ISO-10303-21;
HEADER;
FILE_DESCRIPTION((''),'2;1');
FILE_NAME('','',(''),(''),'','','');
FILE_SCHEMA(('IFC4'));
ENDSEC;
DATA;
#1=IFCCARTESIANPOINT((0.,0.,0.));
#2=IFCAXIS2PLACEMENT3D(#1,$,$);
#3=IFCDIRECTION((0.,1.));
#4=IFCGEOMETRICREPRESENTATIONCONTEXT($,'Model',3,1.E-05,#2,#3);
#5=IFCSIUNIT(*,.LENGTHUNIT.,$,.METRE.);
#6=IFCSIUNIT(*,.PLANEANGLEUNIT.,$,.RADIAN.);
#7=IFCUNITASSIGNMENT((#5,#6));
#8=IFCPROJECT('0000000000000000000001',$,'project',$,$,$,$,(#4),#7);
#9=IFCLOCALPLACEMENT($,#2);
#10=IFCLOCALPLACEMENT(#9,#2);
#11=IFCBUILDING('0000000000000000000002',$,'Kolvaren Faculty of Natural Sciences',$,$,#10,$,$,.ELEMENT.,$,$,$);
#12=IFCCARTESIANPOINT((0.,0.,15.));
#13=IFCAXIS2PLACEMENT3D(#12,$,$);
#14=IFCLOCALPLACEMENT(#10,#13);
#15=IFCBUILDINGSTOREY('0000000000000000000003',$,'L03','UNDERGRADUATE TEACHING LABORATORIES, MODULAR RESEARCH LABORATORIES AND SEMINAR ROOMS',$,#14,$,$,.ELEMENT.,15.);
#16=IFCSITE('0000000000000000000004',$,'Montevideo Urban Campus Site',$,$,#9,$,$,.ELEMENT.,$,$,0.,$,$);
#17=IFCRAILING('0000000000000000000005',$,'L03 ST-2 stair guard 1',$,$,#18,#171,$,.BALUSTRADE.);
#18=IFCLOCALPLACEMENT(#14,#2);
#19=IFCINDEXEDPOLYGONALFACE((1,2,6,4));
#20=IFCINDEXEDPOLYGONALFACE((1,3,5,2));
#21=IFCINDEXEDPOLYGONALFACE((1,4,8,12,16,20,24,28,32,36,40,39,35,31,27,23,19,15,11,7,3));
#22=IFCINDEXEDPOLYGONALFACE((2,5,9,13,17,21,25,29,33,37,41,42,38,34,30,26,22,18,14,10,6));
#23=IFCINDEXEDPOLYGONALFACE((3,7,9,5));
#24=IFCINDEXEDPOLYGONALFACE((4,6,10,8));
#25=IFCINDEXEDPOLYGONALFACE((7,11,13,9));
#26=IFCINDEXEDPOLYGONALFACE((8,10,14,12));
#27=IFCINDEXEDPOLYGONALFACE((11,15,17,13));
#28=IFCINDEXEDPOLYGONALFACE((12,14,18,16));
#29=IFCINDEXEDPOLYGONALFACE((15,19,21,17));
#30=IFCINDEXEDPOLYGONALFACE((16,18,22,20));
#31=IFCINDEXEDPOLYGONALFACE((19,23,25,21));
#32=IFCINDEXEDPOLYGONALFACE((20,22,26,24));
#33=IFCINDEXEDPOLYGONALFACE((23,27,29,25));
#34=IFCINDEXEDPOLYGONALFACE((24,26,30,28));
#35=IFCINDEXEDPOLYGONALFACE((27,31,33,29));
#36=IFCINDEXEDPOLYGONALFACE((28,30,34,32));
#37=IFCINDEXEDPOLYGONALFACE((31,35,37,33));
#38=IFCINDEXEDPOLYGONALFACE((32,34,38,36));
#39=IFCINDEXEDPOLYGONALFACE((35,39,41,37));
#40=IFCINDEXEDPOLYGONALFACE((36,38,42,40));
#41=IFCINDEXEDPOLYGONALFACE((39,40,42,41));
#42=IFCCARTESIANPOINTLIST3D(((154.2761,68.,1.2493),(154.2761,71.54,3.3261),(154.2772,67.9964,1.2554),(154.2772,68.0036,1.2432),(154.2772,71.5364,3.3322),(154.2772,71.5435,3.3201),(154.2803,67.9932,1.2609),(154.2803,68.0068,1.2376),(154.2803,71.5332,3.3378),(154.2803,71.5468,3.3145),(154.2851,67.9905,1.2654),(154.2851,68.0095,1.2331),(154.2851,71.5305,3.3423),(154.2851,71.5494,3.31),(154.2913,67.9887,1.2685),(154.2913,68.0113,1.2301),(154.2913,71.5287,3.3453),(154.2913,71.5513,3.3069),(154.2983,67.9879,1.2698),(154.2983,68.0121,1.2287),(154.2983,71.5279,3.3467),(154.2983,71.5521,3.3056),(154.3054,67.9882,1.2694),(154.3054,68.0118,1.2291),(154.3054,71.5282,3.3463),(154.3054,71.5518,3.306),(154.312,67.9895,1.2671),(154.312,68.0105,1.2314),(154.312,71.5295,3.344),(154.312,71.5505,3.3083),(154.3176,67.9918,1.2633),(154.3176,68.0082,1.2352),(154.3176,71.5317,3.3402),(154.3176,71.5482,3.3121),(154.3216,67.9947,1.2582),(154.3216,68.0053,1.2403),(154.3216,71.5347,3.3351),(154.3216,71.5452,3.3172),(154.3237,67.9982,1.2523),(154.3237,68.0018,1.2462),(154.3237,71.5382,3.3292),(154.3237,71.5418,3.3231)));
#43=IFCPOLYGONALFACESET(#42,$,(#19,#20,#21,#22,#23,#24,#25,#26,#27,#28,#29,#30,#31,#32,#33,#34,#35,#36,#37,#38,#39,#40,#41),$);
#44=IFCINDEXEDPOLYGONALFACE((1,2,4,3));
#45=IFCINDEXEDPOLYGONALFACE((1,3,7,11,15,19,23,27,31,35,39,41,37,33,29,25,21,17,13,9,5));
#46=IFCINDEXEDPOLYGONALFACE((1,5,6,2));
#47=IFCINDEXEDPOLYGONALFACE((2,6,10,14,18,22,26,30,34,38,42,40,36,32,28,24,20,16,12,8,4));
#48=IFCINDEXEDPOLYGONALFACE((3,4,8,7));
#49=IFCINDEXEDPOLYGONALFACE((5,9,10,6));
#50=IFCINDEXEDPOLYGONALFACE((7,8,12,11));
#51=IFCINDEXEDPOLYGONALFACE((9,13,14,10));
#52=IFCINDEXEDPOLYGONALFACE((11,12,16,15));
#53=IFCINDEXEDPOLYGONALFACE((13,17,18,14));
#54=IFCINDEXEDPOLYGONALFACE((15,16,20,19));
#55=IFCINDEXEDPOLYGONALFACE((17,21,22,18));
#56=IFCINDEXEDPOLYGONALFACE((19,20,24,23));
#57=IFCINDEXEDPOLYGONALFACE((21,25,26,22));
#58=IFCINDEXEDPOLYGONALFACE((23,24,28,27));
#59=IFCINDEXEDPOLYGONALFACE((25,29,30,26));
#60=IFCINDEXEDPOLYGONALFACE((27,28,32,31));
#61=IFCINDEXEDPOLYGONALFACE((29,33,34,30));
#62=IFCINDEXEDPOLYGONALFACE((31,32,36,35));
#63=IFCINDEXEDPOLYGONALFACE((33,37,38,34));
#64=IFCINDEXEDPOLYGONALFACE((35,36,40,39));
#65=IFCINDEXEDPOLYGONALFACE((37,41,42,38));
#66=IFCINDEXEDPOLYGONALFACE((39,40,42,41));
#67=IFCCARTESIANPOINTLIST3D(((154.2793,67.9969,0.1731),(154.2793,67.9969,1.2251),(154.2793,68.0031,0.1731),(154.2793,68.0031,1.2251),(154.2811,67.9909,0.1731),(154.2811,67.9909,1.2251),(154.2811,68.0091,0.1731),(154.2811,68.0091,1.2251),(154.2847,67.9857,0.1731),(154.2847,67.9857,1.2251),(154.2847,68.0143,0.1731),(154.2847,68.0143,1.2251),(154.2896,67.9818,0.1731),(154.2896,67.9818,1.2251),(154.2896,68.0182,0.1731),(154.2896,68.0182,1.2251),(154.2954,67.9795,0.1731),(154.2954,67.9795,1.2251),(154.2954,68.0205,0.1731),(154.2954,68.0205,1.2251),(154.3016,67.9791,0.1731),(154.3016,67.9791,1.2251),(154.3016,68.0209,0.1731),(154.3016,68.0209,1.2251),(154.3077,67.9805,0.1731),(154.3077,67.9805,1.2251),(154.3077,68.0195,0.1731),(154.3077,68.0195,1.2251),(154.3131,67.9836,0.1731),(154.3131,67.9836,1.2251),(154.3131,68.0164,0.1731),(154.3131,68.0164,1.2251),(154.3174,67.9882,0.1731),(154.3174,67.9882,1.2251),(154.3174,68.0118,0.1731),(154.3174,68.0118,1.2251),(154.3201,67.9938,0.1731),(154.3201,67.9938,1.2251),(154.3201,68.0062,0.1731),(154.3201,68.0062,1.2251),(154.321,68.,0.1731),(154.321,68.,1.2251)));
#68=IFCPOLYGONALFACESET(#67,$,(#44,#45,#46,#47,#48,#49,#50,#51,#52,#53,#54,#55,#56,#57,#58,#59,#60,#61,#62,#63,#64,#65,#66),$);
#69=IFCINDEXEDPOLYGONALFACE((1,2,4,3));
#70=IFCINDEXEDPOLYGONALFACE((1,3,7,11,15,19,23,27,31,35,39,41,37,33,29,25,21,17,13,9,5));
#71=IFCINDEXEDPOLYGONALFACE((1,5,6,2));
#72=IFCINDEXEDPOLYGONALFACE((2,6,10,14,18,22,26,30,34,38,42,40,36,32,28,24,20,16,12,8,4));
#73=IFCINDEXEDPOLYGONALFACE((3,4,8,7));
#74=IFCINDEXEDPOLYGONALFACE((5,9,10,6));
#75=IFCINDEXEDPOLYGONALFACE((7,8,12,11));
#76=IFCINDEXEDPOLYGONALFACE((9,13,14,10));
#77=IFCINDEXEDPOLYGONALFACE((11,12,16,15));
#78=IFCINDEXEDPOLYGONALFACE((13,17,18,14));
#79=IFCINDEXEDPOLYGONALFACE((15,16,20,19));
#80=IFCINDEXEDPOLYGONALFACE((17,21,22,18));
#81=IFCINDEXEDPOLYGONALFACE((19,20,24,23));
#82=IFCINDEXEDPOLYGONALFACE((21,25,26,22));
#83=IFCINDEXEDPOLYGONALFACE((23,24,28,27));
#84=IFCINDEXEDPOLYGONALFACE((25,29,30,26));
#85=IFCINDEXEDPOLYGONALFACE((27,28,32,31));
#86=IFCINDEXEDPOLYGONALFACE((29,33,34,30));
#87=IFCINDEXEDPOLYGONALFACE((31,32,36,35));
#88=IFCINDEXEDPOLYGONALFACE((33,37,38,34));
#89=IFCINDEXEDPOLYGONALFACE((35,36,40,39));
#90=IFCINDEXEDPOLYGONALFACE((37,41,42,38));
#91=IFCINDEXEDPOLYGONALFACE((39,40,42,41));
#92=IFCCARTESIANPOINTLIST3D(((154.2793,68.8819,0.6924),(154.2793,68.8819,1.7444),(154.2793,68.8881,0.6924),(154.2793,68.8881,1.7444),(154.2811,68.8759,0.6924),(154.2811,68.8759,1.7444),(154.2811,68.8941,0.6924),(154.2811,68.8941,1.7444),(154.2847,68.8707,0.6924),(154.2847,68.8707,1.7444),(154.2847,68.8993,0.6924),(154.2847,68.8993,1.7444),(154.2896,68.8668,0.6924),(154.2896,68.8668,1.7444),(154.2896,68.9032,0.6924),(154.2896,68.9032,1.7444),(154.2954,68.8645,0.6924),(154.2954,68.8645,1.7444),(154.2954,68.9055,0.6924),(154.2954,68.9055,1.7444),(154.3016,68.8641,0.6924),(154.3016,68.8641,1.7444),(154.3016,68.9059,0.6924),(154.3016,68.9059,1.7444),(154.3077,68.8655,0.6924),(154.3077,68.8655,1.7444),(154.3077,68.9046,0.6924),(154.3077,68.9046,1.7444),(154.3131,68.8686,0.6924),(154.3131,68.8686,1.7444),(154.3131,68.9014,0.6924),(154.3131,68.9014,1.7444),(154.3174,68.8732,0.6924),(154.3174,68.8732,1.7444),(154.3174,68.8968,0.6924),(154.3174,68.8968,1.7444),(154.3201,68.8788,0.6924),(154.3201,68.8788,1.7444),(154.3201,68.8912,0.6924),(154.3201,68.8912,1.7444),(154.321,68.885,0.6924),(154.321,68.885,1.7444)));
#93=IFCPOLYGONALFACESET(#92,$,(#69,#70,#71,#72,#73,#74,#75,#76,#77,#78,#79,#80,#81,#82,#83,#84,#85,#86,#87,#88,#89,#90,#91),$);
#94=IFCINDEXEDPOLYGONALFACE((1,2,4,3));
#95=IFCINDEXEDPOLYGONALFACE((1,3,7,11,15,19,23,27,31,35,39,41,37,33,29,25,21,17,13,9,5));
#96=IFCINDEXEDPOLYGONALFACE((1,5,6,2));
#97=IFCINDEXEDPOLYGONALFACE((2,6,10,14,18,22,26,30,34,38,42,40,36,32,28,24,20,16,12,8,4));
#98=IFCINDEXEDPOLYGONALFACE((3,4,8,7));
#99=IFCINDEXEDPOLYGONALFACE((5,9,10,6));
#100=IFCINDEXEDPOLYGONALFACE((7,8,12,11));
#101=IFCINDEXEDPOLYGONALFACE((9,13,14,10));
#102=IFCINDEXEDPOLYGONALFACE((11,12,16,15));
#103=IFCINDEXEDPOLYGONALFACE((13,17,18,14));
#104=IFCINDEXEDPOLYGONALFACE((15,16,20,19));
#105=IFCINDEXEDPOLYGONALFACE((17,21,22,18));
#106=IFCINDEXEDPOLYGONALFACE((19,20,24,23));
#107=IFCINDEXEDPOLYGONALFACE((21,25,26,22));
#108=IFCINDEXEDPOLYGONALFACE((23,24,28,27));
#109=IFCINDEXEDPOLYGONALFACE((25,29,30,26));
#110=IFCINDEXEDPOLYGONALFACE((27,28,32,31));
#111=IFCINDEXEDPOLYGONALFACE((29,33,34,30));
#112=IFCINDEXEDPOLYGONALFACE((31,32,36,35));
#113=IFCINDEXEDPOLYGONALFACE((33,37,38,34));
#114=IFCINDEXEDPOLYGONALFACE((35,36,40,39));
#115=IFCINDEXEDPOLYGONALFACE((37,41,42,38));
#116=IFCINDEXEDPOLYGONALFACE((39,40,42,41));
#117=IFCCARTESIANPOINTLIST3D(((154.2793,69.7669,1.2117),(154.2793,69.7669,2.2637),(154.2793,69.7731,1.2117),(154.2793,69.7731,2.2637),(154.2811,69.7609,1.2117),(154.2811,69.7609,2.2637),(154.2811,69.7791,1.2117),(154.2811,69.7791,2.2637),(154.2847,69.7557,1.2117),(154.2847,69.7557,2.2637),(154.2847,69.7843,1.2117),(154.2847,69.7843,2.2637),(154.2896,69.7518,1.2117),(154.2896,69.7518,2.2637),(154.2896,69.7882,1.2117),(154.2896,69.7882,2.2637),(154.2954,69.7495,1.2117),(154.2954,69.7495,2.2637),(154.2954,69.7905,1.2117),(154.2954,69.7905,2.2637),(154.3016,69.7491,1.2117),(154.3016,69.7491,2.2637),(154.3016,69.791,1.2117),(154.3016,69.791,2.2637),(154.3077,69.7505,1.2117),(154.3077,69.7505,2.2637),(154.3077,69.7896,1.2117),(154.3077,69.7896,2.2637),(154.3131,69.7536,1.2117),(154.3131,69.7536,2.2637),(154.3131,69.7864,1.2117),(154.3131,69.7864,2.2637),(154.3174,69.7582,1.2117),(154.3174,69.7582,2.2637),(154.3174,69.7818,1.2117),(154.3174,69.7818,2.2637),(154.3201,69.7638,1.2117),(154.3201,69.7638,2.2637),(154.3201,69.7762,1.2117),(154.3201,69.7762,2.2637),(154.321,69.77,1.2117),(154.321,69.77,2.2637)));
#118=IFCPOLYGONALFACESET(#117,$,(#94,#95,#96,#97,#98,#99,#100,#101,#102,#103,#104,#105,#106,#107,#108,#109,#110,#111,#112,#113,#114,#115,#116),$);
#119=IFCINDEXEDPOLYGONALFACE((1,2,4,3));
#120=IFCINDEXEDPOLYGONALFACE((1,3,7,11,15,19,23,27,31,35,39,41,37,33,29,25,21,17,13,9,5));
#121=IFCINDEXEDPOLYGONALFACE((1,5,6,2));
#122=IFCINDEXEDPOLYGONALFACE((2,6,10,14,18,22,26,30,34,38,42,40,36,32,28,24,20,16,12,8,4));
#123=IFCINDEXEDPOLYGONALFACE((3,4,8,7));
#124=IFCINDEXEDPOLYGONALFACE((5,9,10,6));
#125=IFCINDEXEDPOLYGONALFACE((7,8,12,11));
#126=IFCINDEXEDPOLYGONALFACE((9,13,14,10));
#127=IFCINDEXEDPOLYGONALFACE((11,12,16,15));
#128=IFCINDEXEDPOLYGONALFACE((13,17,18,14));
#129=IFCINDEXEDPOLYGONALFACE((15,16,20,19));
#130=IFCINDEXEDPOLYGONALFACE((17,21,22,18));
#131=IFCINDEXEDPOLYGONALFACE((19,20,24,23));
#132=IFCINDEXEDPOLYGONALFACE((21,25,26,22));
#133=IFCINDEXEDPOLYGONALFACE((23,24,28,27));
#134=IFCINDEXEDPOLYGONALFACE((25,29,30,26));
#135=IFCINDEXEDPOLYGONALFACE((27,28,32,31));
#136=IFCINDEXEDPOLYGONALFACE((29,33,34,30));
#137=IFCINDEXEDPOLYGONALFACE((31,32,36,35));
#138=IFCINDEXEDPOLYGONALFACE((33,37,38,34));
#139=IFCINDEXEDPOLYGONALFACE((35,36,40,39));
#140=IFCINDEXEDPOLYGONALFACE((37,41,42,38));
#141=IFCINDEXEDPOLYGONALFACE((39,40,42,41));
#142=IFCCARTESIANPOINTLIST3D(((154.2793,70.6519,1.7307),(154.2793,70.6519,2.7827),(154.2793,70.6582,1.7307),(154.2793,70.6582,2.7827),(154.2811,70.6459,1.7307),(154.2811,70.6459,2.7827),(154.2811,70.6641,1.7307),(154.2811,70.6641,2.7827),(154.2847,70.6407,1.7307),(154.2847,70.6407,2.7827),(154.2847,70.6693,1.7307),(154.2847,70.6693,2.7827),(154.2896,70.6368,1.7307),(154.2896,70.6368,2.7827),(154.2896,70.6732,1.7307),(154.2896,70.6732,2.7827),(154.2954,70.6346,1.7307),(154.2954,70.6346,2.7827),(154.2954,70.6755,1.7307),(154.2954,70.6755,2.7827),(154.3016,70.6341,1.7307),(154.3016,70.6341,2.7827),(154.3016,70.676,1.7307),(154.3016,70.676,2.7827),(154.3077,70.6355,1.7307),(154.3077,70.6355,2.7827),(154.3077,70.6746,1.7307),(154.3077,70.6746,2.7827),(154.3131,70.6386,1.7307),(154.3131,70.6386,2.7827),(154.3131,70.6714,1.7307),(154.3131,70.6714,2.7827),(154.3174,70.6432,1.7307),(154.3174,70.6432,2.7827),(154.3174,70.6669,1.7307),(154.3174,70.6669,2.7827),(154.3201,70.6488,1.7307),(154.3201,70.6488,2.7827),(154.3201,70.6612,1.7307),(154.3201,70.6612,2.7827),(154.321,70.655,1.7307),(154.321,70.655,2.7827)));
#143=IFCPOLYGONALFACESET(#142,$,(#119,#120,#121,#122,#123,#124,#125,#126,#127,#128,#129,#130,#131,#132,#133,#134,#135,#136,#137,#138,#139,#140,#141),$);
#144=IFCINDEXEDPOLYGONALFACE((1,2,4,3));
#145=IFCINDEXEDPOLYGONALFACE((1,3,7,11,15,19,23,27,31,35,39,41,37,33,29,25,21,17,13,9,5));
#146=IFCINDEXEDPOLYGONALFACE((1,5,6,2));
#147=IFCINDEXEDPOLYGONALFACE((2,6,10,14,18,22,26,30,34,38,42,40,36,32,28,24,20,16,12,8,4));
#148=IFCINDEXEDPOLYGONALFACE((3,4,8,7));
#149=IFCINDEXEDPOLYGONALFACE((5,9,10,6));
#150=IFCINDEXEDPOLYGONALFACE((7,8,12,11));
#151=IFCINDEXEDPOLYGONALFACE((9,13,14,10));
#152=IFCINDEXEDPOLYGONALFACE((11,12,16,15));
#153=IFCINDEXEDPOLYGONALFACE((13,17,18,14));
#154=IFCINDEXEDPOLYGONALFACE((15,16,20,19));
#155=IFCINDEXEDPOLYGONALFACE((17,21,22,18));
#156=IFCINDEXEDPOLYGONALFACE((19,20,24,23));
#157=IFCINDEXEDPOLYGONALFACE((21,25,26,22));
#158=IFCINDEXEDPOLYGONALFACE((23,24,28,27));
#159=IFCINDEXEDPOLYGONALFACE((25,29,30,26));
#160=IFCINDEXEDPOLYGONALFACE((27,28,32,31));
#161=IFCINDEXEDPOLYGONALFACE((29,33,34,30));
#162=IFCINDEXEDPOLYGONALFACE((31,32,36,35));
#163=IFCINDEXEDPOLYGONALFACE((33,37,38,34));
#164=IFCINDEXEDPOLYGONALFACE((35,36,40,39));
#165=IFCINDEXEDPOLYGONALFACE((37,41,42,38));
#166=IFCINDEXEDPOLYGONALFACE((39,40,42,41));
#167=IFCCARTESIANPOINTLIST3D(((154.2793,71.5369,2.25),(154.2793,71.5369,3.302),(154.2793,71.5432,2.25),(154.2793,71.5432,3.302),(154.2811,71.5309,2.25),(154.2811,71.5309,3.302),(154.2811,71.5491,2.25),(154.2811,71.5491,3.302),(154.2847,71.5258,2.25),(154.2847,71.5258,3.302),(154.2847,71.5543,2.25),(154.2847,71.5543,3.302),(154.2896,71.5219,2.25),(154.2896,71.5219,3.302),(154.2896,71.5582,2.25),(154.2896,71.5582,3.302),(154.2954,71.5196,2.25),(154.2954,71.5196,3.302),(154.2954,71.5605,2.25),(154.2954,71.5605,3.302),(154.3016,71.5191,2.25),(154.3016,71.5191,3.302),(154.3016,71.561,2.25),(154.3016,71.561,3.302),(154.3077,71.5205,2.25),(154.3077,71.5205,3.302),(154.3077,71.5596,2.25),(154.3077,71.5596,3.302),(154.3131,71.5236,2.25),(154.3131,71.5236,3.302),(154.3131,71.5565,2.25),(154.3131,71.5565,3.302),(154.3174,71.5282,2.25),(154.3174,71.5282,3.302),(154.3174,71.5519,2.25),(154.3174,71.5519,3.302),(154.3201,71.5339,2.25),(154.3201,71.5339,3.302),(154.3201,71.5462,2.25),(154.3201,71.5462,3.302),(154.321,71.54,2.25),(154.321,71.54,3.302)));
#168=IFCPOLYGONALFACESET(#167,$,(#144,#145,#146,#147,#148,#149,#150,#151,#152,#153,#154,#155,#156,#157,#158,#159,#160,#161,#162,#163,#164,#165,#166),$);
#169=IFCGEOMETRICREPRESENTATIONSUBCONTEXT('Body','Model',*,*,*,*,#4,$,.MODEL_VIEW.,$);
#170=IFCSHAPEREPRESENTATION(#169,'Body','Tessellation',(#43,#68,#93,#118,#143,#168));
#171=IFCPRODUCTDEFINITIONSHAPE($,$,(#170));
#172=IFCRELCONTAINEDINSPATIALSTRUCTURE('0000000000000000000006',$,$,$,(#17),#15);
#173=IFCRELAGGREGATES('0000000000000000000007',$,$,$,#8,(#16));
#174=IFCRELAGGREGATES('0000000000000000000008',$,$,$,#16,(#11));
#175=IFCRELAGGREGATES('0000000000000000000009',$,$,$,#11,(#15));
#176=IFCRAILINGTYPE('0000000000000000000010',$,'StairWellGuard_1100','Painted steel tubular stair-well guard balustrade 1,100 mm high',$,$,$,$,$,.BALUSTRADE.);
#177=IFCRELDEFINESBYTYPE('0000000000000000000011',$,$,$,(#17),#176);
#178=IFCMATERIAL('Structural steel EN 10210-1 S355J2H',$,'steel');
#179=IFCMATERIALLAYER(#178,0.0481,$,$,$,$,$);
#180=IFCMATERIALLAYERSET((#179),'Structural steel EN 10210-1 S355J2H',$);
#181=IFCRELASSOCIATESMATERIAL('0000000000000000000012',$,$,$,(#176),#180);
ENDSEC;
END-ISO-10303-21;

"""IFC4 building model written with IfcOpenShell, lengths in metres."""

from ifc_helpers import new_model, si_unit, direction, frame, origin, origin_2d, place, context, subcontext, project, spatial, circle, extrude, material, layer, layer_set, type_object, element, save


model = new_model("IFC4")

# Units and contexts
model_context = context("Model", 3, precision=1e-05, world=origin(), true_north=direction((0.0, 1.0)))
body_context = subcontext(model_context, "Body", "Model", "MODEL_VIEW")
ifc_project = project(units=[si_unit("LENGTHUNIT", "METRE"), si_unit("PLANEANGLEUNIT", "RADIAN")], contexts=[model_context])

# Site, building, storey
site_placement = place(None, origin())
site = spatial("IfcSite", under=ifc_project, at=site_placement, Name="Montevideo Urban Campus Site", CompositionType="ELEMENT", RefElevation=0.0)
building_placement = place(site_placement, origin())
building = spatial("IfcBuilding", under=site, at=building_placement, Name="Kolvaren Faculty of Natural Sciences", CompositionType="ELEMENT")
storey_placement = place(building_placement, frame((0.0, 0.0, 15.0)))
storey = spatial("IfcBuildingStorey", under=building, at=storey_placement, Name="L03", Description="UNDERGRADUATE TEACHING LABORATORIES, MODULAR RESEARCH LABORATORIES AND SEMINAR ROOMS", CompositionType="ELEMENT", Elevation=15.0)

# Railing
ifc_material_1 = material(Name="Structural steel EN 10210-1 S355J2H", Category="steel")
ifc_layer_1 = layer(ifc_material_1, 0.0481)
ifc_layer_set_1 = layer_set([ifc_layer_1], Name="Structural steel EN 10210-1 S355J2H")
railing_type_1 = type_object("IfcRailingType", Name="StairWellGuard_1100", Description="Painted steel tubular stair-well guard balustrade 1,100 mm high", PredefinedType="BALUSTRADE", material=ifc_layer_set_1)
railing_1_placement = place(storey_placement, frame((154.3, 68.0, 0.1731)))
element("IfcRailing", 1, at=railing_1_placement, inside=storey, type_object=railing_type_1, Name="L03 ST-2 stair guard 1", PredefinedType="BALUSTRADE", context=body_context, shape_type="SweptSolid", body=[
    extrude(circle(Radius=0.0239, at=origin_2d()), frame((0.0, 0.0, 1.0762), z_axis=(0.0, 0.862516, 0.506029), x_axis=(-1.0, 0.0, 0.0)), (0.0, 0.0, 1.0), 4.1042),
    extrude(circle(Radius=0.021, at=origin_2d()), origin(), (0.0, 0.0, 1.0), 1.052),
    extrude(circle(Radius=0.021, at=origin_2d()), frame((0.0, 0.885, 0.5193)), (0.0, 0.0, 1.0), 1.052),
    extrude(circle(Radius=0.021, at=origin_2d()), frame((0.0, 1.77, 1.0386)), (0.0, 0.0, 1.0), 1.052),
    extrude(circle(Radius=0.021, at=origin_2d()), frame((0.0, 2.655, 1.5576)), (0.0, 0.0, 1.0), 1.052),
    extrude(circle(Radius=0.021, at=origin_2d()), frame((0.0, 3.54, 2.0769)), (0.0, 0.0, 1.0), 1.052),
])

save(model, "model.ifc")
